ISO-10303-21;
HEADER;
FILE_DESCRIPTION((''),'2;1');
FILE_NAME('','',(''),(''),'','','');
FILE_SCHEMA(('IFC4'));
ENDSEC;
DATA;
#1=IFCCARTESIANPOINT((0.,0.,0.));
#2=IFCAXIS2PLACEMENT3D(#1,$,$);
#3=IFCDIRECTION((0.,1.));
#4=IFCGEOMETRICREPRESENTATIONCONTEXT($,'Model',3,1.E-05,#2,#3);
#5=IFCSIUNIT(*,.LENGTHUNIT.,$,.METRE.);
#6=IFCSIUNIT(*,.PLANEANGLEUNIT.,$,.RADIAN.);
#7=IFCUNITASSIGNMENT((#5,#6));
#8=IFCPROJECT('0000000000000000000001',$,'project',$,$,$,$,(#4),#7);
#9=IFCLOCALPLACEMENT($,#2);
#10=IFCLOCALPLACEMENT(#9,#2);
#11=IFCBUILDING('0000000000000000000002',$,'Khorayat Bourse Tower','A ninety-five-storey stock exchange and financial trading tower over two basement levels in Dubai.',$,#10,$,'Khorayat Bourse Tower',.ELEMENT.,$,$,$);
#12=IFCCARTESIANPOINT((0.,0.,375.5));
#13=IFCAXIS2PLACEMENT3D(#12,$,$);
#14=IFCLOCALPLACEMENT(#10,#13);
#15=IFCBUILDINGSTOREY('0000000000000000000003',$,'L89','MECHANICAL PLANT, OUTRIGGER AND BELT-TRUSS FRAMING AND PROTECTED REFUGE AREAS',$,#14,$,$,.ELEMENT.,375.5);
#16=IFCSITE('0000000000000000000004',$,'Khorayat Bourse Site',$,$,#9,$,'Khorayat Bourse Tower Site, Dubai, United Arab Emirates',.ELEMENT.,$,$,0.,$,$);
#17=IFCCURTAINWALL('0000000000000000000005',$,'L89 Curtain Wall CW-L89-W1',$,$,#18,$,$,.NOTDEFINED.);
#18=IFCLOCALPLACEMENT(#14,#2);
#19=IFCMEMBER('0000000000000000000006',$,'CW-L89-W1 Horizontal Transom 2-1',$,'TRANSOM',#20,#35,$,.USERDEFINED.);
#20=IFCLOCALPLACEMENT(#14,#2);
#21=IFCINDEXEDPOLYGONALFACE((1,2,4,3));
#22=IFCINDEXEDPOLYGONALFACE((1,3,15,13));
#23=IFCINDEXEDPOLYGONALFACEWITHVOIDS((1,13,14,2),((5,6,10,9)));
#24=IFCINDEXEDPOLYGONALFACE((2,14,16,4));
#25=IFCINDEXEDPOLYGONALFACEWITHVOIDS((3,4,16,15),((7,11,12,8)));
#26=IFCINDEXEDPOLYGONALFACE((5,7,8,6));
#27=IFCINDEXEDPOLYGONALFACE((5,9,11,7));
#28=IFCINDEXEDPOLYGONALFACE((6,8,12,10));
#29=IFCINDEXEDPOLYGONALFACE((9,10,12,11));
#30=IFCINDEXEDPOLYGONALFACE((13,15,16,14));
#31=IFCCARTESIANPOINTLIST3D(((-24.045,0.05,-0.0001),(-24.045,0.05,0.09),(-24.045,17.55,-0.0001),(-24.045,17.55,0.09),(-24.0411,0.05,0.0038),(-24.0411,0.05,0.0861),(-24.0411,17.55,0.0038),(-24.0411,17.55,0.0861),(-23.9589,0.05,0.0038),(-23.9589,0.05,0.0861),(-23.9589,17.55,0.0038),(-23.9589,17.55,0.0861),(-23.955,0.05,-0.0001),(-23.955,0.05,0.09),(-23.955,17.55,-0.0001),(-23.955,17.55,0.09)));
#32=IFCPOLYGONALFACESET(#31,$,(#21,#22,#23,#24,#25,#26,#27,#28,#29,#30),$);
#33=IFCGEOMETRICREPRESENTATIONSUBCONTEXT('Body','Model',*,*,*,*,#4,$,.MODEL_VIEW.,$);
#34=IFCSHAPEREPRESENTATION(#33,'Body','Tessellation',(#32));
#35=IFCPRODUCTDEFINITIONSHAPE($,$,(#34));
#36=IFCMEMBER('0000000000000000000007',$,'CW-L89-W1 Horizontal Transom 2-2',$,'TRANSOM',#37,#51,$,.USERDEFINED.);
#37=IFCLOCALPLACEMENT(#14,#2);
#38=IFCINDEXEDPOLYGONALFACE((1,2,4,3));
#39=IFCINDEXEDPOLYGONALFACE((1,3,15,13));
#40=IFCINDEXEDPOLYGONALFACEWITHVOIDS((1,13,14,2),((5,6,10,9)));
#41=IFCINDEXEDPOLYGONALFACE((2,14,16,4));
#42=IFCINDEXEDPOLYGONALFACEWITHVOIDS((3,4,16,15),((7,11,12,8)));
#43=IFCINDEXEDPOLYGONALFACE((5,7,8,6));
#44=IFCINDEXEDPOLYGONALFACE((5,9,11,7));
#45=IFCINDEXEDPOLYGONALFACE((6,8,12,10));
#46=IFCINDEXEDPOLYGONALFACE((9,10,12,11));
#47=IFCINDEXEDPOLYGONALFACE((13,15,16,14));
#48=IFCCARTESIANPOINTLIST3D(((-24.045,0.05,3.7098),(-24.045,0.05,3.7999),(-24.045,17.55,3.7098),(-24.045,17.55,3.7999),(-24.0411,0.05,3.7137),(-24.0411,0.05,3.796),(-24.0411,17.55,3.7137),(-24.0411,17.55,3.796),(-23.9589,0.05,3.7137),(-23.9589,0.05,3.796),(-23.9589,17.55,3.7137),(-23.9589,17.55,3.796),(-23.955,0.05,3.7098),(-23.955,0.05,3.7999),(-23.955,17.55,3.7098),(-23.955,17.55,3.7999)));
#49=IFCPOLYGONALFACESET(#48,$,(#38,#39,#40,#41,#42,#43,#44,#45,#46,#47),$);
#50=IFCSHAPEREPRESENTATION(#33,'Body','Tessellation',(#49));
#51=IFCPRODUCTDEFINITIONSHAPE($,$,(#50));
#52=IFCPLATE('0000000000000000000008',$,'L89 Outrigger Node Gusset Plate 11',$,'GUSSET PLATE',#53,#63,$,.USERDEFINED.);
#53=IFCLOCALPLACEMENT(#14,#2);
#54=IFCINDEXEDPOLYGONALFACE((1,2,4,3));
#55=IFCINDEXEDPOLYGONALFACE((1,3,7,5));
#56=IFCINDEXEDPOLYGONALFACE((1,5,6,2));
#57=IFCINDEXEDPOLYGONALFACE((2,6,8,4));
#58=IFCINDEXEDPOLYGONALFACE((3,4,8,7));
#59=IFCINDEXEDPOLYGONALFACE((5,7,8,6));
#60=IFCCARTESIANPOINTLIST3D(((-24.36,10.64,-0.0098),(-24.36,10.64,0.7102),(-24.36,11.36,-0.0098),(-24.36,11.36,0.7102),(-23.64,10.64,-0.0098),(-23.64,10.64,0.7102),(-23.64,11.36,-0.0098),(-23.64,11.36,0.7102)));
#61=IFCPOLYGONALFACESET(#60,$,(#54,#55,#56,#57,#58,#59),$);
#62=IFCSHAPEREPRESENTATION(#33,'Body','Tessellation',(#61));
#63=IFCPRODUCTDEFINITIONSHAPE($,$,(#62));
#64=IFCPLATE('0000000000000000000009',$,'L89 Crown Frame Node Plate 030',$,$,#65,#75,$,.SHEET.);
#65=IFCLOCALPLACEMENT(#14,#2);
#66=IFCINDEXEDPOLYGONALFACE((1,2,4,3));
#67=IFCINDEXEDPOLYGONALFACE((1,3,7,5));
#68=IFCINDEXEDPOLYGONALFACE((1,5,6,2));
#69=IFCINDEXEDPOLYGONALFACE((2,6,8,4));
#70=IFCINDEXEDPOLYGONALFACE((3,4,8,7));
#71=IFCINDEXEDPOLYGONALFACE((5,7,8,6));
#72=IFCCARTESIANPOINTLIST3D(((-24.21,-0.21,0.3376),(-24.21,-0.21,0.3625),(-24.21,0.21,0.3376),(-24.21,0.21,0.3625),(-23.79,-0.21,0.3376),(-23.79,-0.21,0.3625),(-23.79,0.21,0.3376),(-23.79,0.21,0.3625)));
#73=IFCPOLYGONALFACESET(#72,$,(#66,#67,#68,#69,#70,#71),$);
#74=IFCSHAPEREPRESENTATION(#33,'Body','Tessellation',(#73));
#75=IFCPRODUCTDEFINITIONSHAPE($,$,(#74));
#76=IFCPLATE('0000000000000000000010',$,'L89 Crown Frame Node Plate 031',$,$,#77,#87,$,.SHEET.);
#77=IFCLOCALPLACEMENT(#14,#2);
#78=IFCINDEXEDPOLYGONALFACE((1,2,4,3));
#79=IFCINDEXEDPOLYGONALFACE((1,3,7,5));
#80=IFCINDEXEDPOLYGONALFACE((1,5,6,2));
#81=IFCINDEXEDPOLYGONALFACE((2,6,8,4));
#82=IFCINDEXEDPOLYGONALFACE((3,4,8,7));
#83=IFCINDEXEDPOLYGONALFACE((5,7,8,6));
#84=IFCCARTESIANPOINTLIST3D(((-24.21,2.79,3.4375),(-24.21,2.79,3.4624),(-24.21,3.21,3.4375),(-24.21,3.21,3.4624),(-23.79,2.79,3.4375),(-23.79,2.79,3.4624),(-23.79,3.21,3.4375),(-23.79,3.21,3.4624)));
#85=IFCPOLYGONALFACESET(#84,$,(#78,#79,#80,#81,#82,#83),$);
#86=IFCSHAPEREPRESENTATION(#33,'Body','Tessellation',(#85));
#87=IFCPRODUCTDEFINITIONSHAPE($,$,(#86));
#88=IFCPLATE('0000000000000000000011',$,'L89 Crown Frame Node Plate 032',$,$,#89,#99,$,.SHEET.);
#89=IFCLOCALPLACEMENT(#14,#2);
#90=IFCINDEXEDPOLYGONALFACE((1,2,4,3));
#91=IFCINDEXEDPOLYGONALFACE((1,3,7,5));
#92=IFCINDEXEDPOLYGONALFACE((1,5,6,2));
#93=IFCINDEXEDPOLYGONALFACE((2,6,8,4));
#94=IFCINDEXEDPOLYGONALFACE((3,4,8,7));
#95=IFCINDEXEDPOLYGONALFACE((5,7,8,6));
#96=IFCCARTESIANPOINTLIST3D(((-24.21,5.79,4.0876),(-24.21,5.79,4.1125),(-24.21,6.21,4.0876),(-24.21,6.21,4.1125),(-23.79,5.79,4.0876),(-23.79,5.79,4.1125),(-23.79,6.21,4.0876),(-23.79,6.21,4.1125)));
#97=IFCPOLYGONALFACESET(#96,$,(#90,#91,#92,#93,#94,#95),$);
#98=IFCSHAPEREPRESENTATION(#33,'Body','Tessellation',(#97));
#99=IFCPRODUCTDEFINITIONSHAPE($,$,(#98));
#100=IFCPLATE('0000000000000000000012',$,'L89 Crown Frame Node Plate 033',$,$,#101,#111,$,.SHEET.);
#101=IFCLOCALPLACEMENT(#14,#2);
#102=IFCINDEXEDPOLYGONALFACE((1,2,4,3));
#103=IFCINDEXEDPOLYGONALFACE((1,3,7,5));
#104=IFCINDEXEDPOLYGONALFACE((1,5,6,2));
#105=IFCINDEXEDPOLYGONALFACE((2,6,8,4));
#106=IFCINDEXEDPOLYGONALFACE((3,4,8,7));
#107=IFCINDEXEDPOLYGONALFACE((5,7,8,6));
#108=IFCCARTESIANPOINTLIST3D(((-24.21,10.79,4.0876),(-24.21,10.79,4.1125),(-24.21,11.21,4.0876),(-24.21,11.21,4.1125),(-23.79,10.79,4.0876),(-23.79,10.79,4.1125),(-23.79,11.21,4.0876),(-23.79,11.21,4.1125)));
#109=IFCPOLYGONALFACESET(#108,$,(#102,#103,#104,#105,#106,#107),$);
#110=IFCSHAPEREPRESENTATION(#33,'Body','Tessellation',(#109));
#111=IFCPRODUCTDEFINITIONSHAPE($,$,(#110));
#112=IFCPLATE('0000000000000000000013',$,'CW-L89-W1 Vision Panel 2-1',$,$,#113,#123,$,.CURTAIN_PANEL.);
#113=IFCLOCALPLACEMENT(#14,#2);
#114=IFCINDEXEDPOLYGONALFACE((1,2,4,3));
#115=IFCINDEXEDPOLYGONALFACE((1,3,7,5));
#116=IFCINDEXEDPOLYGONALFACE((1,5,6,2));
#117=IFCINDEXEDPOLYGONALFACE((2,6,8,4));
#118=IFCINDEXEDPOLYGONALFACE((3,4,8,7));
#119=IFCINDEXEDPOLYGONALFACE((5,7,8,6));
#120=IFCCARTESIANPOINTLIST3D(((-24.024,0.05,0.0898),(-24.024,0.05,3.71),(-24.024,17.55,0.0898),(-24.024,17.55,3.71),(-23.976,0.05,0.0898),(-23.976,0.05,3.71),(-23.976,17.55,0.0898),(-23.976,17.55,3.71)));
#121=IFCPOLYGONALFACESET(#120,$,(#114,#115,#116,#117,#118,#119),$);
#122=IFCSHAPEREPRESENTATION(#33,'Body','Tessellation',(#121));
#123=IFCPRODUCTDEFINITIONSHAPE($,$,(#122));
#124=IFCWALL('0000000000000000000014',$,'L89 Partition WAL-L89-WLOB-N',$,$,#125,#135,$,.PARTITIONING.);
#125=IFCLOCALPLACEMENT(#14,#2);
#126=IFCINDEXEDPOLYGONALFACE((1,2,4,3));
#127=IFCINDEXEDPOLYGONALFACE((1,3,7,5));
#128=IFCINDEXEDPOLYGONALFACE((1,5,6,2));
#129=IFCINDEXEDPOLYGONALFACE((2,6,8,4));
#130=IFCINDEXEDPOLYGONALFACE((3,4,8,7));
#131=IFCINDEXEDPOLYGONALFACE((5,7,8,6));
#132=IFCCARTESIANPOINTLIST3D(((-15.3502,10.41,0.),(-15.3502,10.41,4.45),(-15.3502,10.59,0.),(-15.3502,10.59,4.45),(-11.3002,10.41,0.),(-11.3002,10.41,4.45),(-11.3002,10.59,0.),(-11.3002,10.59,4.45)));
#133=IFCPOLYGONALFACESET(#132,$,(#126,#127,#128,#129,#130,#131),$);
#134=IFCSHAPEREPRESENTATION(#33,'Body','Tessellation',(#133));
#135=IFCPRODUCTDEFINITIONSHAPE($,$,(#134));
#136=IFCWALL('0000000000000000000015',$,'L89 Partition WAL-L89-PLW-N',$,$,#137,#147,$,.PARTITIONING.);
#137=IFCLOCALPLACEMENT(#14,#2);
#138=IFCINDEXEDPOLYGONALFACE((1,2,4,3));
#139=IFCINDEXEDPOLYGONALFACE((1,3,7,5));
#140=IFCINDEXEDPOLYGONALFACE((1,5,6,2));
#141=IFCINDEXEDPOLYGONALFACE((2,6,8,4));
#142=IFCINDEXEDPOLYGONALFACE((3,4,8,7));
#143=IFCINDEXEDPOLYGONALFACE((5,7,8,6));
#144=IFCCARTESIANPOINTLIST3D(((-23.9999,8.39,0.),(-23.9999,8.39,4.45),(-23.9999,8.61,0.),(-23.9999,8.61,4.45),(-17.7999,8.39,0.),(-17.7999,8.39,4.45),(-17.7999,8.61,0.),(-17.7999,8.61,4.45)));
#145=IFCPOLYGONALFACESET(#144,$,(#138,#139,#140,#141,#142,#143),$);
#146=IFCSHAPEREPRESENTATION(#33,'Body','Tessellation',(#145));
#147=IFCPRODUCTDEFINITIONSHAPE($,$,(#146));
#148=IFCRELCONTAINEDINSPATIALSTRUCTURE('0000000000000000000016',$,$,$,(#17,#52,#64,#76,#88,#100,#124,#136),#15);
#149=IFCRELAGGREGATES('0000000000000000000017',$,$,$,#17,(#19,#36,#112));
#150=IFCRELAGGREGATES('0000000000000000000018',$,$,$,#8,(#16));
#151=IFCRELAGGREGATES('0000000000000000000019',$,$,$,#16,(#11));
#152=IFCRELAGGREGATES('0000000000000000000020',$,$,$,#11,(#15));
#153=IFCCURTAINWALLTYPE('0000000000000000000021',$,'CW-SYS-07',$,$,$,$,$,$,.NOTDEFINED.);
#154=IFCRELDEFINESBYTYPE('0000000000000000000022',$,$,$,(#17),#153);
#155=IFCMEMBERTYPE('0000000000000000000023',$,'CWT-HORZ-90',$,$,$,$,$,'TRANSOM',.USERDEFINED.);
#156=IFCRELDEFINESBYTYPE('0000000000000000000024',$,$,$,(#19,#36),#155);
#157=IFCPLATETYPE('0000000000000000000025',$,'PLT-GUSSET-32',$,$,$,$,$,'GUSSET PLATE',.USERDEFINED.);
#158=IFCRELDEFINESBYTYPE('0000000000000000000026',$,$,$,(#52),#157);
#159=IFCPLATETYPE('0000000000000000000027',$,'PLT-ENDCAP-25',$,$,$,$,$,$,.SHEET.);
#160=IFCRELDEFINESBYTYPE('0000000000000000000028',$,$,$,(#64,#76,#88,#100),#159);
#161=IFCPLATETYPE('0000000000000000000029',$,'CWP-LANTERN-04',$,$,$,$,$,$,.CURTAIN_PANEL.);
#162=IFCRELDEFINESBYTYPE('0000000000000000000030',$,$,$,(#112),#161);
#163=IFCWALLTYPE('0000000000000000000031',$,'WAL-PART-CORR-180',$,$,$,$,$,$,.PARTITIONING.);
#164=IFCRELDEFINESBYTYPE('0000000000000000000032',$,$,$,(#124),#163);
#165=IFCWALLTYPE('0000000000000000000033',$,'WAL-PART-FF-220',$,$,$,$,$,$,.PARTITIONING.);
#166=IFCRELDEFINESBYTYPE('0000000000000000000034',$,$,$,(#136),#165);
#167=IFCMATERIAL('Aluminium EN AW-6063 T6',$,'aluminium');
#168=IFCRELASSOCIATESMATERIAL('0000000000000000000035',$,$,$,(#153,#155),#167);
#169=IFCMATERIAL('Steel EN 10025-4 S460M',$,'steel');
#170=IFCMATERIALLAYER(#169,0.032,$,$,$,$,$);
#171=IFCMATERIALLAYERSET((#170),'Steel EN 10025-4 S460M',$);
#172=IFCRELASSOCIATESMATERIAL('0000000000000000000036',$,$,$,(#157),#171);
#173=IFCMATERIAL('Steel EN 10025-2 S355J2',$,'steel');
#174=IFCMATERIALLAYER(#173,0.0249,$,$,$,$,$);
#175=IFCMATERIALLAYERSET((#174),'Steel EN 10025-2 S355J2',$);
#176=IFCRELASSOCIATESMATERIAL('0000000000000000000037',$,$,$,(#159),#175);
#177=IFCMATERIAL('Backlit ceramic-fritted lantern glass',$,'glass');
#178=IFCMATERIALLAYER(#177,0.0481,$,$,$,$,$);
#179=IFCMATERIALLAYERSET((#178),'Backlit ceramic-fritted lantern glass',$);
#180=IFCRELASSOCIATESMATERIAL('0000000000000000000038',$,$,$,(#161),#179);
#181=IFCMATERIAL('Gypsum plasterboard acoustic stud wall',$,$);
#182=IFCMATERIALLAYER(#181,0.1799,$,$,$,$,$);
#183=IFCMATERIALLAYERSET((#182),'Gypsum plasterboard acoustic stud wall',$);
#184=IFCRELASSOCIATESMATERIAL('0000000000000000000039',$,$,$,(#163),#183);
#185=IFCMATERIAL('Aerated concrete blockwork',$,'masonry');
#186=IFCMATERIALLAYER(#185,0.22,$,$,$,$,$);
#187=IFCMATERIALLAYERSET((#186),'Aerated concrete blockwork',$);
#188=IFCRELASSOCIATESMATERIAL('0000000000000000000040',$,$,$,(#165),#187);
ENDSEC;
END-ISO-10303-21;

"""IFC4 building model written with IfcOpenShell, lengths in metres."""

from ifc_helpers import new_model, si_unit, direction, frame, frame_2d, origin, origin_2d, place, context, subcontext, project, spatial, rectangle, hollow_rectangle, extrude, source, transform, mapped, material, layer, layer_set, material_profile, profile_set, type_object, element, aggregate, save


model = new_model("IFC4")

# Units and contexts
model_context = context("Model", 3, precision=1e-05, world=origin(), true_north=direction((0.0, 1.0)))
body_context = subcontext(model_context, "Body", "Model", "MODEL_VIEW")
ifc_project = project(units=[si_unit("LENGTHUNIT", "METRE"), si_unit("PLANEANGLEUNIT", "RADIAN")], contexts=[model_context])

# Site, building, storey
site_placement = place(None, origin())
site = spatial("IfcSite", under=ifc_project, at=site_placement, Name="Khorayat Bourse Site", LongName="Khorayat Bourse Tower Site, Dubai, United Arab Emirates", CompositionType="ELEMENT", RefElevation=0.0)
building_placement = place(site_placement, origin())
building = spatial("IfcBuilding", under=site, at=building_placement, Name="Khorayat Bourse Tower", Description="A ninety-five-storey stock exchange and financial trading tower over two basement levels in Dubai.", LongName="Khorayat Bourse Tower", CompositionType="ELEMENT")
storey_placement = place(building_placement, frame((0.0, 0.0, 375.5)))
storey = spatial("IfcBuildingStorey", under=building, at=storey_placement, Name="L89", Description="MECHANICAL PLANT, OUTRIGGER AND BELT-TRUSS FRAMING AND PROTECTED REFUGE AREAS", CompositionType="ELEMENT", Elevation=375.5)

# Shared definitions
ifc_material_1 = material(Name="Steel EN 10025-2 S355J2", Category="steel")

# Curtain wall, members
ifc_material_2 = material(Name="Aluminium EN AW-6063 T6", Category="aluminium")
curtain_wall_type = type_object("IfcCurtainWallType", Name="CW-SYS-07", PredefinedType="NOTDEFINED", material=ifc_material_2)
curtain_wall_placement = place(storey_placement, origin())
curtain_wall = element("IfcCurtainWall", 1, at=curtain_wall_placement, inside=storey, type_object=curtain_wall_type, Name="L89 Curtain Wall CW-L89-W1", PredefinedType="NOTDEFINED")
ifc_material_profile_1 = material_profile(ifc_material_2, hollow_rectangle(XDim=0.0901, YDim=0.0901, WallThickness=0.0039, at=origin_2d()), Name="ALU 90x90x4")
ifc_profile_set_1 = profile_set([ifc_material_profile_1], Name="Aluminium EN AW-6063 T6")
member_type_1 = type_object("IfcMemberType", Name="CWT-HORZ-90", ElementType="TRANSOM", PredefinedType="USERDEFINED", material=ifc_profile_set_1)
shared_shape_1 = source(origin(), body_context, "Body", "SweptSolid", [
    extrude(hollow_rectangle(XDim=0.0901, YDim=0.0901, WallThickness=0.0039, at=origin_2d()), origin(), (0.0, 0.0, 1.0), 17.5),
])
member_1_placement = place(storey_placement, frame((-24.0, 0.05, 0.0449), z_axis=(0.0, 1.0, 0.0), x_axis=(-1.0, 0.0, 0.0)))
member_1 = element("IfcMember", 2, at=member_1_placement, type_object=member_type_1, Name="CW-L89-W1 Horizontal Transom 2-1", ObjectType="TRANSOM", PredefinedType="USERDEFINED", context=body_context, shape_type="MappedRepresentation", body=[
    mapped(shared_shape_1, transform((0.0, 0.0, 0.0), scale=1.0)),
])
member_2_placement = place(storey_placement, frame((-24.0, 0.05, 3.7549), z_axis=(0.0, 1.0, 0.0), x_axis=(-1.0, 0.0, 0.0)))
member_2 = element("IfcMember", 3, at=member_2_placement, type_object=member_type_1, Name="CW-L89-W1 Horizontal Transom 2-2", ObjectType="TRANSOM", PredefinedType="USERDEFINED", context=body_context, shape_type="MappedRepresentation", body=[
    mapped(shared_shape_1, transform((0.0, 0.0, 0.0), scale=1.0)),
])

# Plates
ifc_material_3 = material(Name="Steel EN 10025-4 S460M", Category="steel")
ifc_layer_1 = layer(ifc_material_3, 0.032)
ifc_layer_set_1 = layer_set([ifc_layer_1], Name="Steel EN 10025-4 S460M")
plate_type_1 = type_object("IfcPlateType", Name="PLT-GUSSET-32", ElementType="GUSSET PLATE", PredefinedType="USERDEFINED", material=ifc_layer_set_1)
shared_shape_2 = source(origin(), body_context, "Body", "SweptSolid", [
    extrude(rectangle(XDim=0.72, YDim=0.72, at=origin_2d()), origin(), (0.0, 0.0, 1.0), 0.72),
])
plate_1_placement = place(storey_placement, frame((-24.0, 11.0, -0.0098), z_axis=(0.0, 0.0, 1.0), x_axis=(1.0, 0.0, 0.0)))
element("IfcPlate", 4, at=plate_1_placement, inside=storey, type_object=plate_type_1, Name="L89 Outrigger Node Gusset Plate 11", ObjectType="GUSSET PLATE", PredefinedType="USERDEFINED", context=body_context, shape_type="MappedRepresentation", body=[
    mapped(shared_shape_2, transform((0.0, 0.0, 0.0), scale=1.0)),
])
ifc_layer_2 = layer(ifc_material_1, 0.0249)
ifc_layer_set_2 = layer_set([ifc_layer_2], Name="Steel EN 10025-2 S355J2")
plate_type_2 = type_object("IfcPlateType", Name="PLT-ENDCAP-25", PredefinedType="SHEET", material=ifc_layer_set_2)
shared_shape_3 = source(origin(), body_context, "Body", "SweptSolid", [
    extrude(rectangle(XDim=0.4199, YDim=0.4199, at=origin_2d()), origin(), (0.0, 0.0, 1.0), 0.0249),
])
for number, where, z_axis, x_axis, name in (
    (5, (-24.0, 0.0, 0.3376), (0.0, 0.0, 1.0), (1.0, 0.0, 0.0), "L89 Crown Frame Node Plate 030"),
    (6, (-24.0, 3.0, 3.4375), (0.0, 0.0, 1.0), (1.0, 0.0, 0.0), "L89 Crown Frame Node Plate 031"),
    (7, (-24.0, 6.0, 4.0876), (0.0, 0.0, 1.0), (1.0, 0.0, 0.0), "L89 Crown Frame Node Plate 032"),
    (8, (-24.0, 11.0, 4.0876), (0.0, 0.0, 1.0), (1.0, 0.0, 0.0), "L89 Crown Frame Node Plate 033"),
):
    element("IfcPlate", number, at=place(storey_placement, frame(where, z_axis=z_axis, x_axis=x_axis)), inside=storey, type_object=plate_type_2, Name=name, PredefinedType="SHEET", context=body_context, shape_type="MappedRepresentation", body=[
        mapped(shared_shape_3, transform((0.0, 0.0, 0.0), scale=1.0)),
    ])

# Plate
ifc_material_4 = material(Name="Backlit ceramic-fritted lantern glass", Category="glass")
ifc_layer_3 = layer(ifc_material_4, 0.0481)
ifc_layer_set_3 = layer_set([ifc_layer_3], Name="Backlit ceramic-fritted lantern glass")
plate_type_3 = type_object("IfcPlateType", Name="CWP-LANTERN-04", PredefinedType="CURTAIN_PANEL", material=ifc_layer_set_3)
shared_shape_4 = source(origin(), body_context, "Body", "SweptSolid", [
    extrude(rectangle(XDim=17.5, YDim=0.0481, at=origin_2d()), origin(), (0.0, 0.0, 1.0), 3.6201),
])
plate_2_placement = place(storey_placement, frame((-24.0, 8.8, 0.0898), z_axis=(0.0, 0.0, 1.0), x_axis=(0.0, 1.0, 0.0)))
plate_2 = element("IfcPlate", 9, at=plate_2_placement, type_object=plate_type_3, Name="CW-L89-W1 Vision Panel 2-1", PredefinedType="CURTAIN_PANEL", context=body_context, shape_type="MappedRepresentation", body=[
    mapped(shared_shape_4, transform((0.0, 0.0, 0.0), scale=1.0)),
])
aggregate(curtain_wall, [member_1, member_2, plate_2])

# Walls
ifc_material_5 = material(Name="Gypsum plasterboard acoustic stud wall")
ifc_layer_4 = layer(ifc_material_5, 0.1799)
ifc_layer_set_4 = layer_set([ifc_layer_4], Name="Gypsum plasterboard acoustic stud wall")
wall_type_1 = type_object("IfcWallType", Name="WAL-PART-CORR-180", PredefinedType="PARTITIONING", material=ifc_layer_set_4)
shared_shape_5 = source(origin(), body_context, "Body", "SweptSolid", [
    extrude(rectangle(XDim=4.05, YDim=0.1799, at=frame_2d((2.0249, 0.0))), origin(), (0.0, 0.0, 1.0), 4.45),
])
wall_1_placement = place(storey_placement, frame((-15.3501, 10.5, 0.0), z_axis=(0.0, 0.0, 1.0), x_axis=(1.0, 0.0, 0.0)))
element("IfcWall", 10, at=wall_1_placement, inside=storey, type_object=wall_type_1, Name="L89 Partition WAL-L89-WLOB-N", PredefinedType="PARTITIONING", context=body_context, shape_type="MappedRepresentation", body=[
    mapped(shared_shape_5, transform((0.0, 0.0, 0.0), scale=1.0)),
])
ifc_material_6 = material(Name="Aerated concrete blockwork", Category="masonry")
ifc_layer_5 = layer(ifc_material_6, 0.22)
ifc_layer_set_5 = layer_set([ifc_layer_5], Name="Aerated concrete blockwork")
wall_type_2 = type_object("IfcWallType", Name="WAL-PART-FF-220", PredefinedType="PARTITIONING", material=ifc_layer_set_5)
shared_shape_6 = source(origin(), body_context, "Body", "SweptSolid", [
    extrude(rectangle(XDim=6.2, YDim=0.22, at=frame_2d((3.1001, 0.0))), origin(), (0.0, 0.0, 1.0), 4.45),
])
wall_2_placement = place(storey_placement, frame((-24.0, 8.5, 0.0), z_axis=(0.0, 0.0, 1.0), x_axis=(1.0, 0.0, 0.0)))
element("IfcWall", 11, at=wall_2_placement, inside=storey, type_object=wall_type_2, Name="L89 Partition WAL-L89-PLW-N", PredefinedType="PARTITIONING", context=body_context, shape_type="MappedRepresentation", body=[
    mapped(shared_shape_6, transform((0.0, 0.0, 0.0), scale=1.0)),
])

save(model, "model.ifc")
